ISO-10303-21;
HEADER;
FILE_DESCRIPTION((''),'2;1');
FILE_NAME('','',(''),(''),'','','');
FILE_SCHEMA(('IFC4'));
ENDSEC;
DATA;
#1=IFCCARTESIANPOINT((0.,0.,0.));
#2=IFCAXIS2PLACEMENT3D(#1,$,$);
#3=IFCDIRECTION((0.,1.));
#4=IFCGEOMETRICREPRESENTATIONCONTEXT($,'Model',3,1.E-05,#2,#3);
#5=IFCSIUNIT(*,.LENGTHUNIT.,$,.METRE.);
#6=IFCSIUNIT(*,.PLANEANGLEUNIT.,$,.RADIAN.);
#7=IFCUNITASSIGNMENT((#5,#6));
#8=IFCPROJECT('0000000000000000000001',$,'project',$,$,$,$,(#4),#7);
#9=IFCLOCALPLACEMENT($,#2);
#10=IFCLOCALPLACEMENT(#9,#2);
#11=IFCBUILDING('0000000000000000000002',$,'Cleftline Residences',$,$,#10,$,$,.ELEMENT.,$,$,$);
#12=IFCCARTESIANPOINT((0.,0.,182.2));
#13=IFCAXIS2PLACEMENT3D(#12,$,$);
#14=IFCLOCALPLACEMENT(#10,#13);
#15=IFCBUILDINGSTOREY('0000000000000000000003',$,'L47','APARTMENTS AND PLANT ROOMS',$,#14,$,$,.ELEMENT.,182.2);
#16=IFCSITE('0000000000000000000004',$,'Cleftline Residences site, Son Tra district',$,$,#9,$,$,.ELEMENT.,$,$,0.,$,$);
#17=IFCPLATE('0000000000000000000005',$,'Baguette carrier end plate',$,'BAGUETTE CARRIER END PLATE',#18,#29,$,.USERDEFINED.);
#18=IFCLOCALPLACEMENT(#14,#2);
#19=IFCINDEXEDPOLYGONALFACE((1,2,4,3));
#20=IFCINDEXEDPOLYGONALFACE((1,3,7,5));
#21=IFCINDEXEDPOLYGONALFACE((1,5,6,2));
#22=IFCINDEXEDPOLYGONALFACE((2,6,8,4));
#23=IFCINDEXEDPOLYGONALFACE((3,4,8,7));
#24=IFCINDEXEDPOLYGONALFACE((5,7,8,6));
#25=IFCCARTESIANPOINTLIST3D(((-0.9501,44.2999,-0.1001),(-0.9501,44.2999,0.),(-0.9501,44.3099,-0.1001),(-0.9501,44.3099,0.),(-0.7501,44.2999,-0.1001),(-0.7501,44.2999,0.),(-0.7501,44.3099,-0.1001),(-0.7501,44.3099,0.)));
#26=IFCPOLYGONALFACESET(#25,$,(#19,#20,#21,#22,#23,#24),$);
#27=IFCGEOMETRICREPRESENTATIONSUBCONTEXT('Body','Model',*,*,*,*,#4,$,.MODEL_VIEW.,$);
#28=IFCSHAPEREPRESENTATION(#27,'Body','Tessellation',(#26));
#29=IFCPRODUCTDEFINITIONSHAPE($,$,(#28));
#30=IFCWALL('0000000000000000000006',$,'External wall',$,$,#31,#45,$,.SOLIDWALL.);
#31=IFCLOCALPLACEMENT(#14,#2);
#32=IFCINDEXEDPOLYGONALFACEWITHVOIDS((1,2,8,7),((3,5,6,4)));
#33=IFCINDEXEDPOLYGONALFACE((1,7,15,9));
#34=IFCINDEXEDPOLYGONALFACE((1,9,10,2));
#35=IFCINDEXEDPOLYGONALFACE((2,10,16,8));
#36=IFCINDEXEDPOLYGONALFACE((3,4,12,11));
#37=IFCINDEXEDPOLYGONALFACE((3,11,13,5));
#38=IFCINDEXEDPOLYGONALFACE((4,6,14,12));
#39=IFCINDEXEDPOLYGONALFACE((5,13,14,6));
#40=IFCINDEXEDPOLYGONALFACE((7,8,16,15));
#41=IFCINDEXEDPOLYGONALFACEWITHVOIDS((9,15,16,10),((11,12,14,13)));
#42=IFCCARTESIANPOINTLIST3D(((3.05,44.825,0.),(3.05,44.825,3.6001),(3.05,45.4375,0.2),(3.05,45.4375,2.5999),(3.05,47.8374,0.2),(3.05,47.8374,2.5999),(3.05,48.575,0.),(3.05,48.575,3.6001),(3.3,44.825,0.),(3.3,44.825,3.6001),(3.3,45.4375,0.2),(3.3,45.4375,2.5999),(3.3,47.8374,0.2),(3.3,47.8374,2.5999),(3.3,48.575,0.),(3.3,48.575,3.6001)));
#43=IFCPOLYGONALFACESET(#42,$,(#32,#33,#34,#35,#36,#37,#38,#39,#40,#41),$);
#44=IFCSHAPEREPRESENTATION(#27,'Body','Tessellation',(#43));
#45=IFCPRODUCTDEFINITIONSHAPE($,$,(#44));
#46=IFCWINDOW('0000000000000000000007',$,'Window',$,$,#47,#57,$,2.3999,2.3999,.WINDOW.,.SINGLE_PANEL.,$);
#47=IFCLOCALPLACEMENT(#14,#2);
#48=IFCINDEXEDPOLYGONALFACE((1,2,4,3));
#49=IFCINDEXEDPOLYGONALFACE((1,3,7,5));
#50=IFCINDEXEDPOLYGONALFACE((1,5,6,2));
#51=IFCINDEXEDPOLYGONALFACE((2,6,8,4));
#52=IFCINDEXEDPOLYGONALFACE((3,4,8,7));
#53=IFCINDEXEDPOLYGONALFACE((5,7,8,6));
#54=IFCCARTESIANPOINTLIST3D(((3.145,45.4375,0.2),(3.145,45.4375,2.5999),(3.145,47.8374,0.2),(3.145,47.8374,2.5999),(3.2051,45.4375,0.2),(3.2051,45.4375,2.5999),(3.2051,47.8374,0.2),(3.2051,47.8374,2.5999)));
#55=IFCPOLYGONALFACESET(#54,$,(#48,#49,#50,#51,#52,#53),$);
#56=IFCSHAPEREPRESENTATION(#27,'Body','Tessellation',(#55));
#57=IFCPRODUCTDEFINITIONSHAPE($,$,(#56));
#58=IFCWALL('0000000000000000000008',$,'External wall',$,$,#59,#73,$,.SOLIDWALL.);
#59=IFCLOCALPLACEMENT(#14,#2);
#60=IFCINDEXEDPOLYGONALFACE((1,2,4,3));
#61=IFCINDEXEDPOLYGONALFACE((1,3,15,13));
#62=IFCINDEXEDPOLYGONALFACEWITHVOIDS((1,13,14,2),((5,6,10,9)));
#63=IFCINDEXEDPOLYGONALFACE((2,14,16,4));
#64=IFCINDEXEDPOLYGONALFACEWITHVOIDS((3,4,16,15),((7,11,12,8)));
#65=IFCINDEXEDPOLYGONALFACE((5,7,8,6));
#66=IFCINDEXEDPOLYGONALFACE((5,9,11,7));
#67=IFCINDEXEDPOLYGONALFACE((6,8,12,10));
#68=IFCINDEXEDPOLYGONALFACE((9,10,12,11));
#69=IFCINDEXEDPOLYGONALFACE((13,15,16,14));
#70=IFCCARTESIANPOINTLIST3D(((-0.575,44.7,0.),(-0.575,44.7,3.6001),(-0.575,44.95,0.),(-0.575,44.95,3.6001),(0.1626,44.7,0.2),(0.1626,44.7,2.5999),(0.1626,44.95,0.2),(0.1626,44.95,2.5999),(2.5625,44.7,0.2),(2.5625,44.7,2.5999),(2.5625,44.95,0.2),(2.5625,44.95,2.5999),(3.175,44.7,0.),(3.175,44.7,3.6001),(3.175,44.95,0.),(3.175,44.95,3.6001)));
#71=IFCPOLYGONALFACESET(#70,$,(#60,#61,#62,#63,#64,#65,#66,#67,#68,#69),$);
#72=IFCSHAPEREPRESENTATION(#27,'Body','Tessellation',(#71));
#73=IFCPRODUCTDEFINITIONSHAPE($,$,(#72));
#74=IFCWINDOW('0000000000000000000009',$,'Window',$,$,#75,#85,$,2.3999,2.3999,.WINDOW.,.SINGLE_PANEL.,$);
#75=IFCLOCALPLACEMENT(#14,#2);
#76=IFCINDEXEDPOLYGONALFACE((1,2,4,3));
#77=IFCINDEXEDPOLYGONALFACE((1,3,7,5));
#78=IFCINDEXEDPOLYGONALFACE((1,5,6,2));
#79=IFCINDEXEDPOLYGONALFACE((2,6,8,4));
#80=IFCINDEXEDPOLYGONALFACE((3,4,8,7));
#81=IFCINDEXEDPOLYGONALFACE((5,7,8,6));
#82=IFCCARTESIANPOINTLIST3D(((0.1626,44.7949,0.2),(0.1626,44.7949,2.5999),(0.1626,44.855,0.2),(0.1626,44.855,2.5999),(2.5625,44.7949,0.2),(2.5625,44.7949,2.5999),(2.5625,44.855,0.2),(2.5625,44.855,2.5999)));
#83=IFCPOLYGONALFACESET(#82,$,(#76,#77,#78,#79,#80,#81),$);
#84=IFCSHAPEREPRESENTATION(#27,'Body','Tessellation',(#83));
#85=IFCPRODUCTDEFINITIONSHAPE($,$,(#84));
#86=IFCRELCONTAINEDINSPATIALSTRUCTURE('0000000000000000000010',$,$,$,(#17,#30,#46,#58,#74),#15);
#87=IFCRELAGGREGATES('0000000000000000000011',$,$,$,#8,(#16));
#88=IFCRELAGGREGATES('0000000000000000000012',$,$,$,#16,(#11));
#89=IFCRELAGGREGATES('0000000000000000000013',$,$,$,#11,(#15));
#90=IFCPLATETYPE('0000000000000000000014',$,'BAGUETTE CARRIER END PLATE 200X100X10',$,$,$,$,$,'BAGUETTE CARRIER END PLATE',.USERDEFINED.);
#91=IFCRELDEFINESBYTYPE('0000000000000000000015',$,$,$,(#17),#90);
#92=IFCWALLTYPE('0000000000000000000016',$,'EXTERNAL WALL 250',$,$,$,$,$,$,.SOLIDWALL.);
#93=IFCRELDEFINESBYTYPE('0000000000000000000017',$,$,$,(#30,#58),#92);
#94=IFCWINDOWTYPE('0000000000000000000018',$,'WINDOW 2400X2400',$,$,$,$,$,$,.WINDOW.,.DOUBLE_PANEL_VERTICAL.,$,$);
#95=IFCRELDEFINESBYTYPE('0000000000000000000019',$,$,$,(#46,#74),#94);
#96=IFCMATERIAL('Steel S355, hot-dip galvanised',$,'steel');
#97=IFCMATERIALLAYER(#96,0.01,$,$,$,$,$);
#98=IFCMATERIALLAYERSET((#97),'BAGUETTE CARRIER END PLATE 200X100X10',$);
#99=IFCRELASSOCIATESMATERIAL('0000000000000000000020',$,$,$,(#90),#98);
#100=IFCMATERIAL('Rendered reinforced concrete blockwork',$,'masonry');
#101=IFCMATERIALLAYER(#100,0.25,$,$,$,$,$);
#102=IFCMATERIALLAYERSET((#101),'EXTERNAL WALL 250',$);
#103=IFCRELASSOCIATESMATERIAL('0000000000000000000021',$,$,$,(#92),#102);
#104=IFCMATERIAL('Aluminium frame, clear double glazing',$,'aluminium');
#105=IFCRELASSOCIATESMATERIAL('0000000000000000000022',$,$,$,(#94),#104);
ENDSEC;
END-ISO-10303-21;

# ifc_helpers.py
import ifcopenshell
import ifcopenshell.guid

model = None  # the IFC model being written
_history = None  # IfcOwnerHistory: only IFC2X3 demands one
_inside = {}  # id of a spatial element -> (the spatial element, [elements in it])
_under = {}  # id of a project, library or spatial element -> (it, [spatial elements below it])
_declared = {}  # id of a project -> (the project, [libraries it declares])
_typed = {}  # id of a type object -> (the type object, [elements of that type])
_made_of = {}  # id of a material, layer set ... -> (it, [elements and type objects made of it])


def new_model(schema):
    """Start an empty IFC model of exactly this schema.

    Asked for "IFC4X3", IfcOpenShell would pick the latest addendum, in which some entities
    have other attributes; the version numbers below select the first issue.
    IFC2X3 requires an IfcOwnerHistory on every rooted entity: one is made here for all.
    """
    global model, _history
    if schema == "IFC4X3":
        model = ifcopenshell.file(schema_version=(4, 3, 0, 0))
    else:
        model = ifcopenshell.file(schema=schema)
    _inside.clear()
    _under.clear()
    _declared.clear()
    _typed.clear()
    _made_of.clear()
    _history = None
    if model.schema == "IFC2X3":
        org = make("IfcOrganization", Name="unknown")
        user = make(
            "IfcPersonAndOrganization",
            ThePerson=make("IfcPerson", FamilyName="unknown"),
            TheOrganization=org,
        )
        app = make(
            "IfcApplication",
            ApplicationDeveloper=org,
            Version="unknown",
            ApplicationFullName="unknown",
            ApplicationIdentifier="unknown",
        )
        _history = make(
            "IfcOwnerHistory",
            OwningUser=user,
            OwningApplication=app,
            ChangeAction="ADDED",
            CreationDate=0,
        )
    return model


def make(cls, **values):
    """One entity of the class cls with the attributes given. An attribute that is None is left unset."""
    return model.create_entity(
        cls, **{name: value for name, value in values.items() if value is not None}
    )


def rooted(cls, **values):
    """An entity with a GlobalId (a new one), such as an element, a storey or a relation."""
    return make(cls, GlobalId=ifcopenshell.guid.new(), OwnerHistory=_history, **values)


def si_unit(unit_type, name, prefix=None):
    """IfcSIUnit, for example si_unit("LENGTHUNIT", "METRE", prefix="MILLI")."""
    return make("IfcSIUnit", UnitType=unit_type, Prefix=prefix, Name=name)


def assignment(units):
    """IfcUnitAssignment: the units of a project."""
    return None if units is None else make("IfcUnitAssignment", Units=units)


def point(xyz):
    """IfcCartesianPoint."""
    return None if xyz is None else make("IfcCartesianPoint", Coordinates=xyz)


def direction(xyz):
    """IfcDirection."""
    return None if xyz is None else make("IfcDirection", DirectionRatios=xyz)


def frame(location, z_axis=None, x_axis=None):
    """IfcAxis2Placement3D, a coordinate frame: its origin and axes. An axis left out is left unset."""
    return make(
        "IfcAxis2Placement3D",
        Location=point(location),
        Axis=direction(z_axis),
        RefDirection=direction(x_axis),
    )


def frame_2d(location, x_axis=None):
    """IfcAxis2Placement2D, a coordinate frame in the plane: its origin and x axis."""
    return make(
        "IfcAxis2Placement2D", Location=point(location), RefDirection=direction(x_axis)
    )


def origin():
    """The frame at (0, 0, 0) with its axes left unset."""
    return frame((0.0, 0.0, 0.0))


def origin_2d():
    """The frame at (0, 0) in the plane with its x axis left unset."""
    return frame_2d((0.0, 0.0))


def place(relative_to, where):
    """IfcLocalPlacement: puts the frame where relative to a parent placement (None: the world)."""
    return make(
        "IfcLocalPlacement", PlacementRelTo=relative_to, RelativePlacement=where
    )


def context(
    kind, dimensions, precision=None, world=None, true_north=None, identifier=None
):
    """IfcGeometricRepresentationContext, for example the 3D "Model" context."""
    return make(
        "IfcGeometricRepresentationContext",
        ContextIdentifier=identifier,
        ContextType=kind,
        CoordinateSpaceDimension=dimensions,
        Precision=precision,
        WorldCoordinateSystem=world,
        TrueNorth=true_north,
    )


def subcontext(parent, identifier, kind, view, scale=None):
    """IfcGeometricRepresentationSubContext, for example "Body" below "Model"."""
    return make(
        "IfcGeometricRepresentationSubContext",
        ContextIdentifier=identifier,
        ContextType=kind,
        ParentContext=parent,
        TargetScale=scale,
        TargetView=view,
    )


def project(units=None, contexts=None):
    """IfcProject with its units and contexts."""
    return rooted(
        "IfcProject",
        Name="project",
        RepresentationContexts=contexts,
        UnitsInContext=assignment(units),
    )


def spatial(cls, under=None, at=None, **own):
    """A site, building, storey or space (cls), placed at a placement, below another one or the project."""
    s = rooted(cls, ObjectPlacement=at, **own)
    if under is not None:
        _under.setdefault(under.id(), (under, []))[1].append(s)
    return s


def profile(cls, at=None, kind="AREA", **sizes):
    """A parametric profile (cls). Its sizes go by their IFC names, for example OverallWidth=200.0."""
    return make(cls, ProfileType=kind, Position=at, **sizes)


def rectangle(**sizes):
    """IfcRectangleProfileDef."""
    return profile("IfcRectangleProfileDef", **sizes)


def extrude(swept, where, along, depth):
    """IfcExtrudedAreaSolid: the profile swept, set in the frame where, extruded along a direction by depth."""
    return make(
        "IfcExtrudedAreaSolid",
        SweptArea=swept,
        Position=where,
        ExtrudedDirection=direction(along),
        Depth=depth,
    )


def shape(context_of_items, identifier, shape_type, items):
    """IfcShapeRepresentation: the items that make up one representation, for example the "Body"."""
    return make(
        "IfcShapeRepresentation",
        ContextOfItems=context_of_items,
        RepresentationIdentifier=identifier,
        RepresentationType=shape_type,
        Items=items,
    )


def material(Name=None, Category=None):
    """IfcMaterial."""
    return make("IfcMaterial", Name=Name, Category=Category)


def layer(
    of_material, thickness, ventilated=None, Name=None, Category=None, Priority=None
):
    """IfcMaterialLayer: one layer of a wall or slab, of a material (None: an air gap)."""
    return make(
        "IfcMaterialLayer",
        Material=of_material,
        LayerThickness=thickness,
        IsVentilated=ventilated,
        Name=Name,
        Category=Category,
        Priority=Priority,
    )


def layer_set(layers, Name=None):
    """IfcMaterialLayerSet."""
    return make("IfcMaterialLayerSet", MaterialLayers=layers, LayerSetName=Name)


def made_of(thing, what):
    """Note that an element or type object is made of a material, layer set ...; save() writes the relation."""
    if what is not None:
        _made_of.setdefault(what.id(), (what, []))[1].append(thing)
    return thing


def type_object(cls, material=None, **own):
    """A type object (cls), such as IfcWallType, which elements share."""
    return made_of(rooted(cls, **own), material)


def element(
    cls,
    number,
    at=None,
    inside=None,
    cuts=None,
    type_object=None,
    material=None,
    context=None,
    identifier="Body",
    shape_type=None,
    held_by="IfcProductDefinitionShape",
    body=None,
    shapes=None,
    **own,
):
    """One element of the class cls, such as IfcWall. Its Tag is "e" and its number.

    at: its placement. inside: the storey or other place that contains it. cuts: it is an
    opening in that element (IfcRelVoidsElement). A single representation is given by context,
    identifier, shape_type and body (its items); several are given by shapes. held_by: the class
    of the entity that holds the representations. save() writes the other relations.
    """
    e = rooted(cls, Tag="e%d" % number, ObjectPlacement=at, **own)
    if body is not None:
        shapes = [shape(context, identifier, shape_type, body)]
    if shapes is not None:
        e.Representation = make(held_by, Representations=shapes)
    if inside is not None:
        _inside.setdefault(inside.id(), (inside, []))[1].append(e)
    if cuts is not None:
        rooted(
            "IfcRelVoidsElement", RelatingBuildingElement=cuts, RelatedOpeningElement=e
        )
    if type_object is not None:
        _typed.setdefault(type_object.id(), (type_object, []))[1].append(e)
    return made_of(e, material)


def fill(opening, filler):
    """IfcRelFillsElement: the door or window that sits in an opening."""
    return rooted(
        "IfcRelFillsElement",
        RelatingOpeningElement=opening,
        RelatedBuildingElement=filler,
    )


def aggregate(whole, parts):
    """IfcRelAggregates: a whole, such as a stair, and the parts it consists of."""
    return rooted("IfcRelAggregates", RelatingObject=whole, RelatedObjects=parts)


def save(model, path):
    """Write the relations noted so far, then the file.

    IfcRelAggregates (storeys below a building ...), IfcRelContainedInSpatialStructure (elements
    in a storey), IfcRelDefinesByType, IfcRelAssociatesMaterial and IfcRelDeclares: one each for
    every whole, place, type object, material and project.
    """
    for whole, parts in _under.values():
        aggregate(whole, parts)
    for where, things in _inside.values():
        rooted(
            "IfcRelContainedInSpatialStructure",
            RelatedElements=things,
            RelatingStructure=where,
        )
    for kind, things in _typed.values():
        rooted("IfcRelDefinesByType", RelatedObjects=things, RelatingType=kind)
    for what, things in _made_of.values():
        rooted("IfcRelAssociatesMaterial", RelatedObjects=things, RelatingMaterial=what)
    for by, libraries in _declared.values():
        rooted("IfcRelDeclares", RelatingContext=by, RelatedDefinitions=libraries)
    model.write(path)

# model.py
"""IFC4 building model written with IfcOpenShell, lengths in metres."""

from ifc_helpers import new_model, si_unit, direction, frame, frame_2d, origin, origin_2d, place, context, subcontext, project, spatial, rectangle, extrude, material, layer, layer_set, type_object, element, fill, save


model = new_model("IFC4")

# Units and contexts
model_context = context("Model", 3, precision=1e-05, world=origin(), true_north=direction((0.0, 1.0)))
body_context = subcontext(model_context, "Body", "Model", "MODEL_VIEW")
ifc_project = project(units=[si_unit("LENGTHUNIT", "METRE"), si_unit("PLANEANGLEUNIT", "RADIAN")], contexts=[model_context])

# Site, building, storey
site_placement = place(None, origin())
site = spatial("IfcSite", under=ifc_project, at=site_placement, Name="Cleftline Residences site, Son Tra district", CompositionType="ELEMENT", RefElevation=0.0)
building_placement = place(site_placement, origin())
building = spatial("IfcBuilding", under=site, at=building_placement, Name="Cleftline Residences", CompositionType="ELEMENT")
storey_placement = place(building_placement, frame((0.0, 0.0, 182.2)))
storey = spatial("IfcBuildingStorey", under=building, at=storey_placement, Name="L47", Description="APARTMENTS AND PLANT ROOMS", CompositionType="ELEMENT", Elevation=182.2)

# Plate
ifc_material_1 = material(Name="Steel S355, hot-dip galvanised", Category="steel")
ifc_layer_1 = layer(ifc_material_1, 0.01)
ifc_layer_set_1 = layer_set([ifc_layer_1], Name="BAGUETTE CARRIER END PLATE 200X100X10")
plate_type = type_object("IfcPlateType", Name="BAGUETTE CARRIER END PLATE 200X100X10", ElementType="BAGUETTE CARRIER END PLATE", PredefinedType="USERDEFINED", material=ifc_layer_set_1)
plate_placement = place(storey_placement, frame((-0.8501, 44.3049, -0.1001), z_axis=(0.0, 0.0, 1.0), x_axis=(-1.0, 0.0, 0.0)))
element("IfcPlate", 1, at=plate_placement, inside=storey, type_object=plate_type, Name="Baguette carrier end plate", ObjectType="BAGUETTE CARRIER END PLATE", PredefinedType="USERDEFINED", context=body_context, shape_type="SweptSolid", body=[
    extrude(rectangle(XDim=0.2, YDim=0.01, at=origin_2d()), origin(), (0.0, 0.0, 1.0), 0.1001),
])

# Walls, openings, windows
ifc_material_2 = material(Name="Rendered reinforced concrete blockwork", Category="masonry")
ifc_layer_2 = layer(ifc_material_2, 0.25)
ifc_layer_set_2 = layer_set([ifc_layer_2], Name="EXTERNAL WALL 250")
wall_type_1 = type_object("IfcWallType", Name="EXTERNAL WALL 250", PredefinedType="SOLIDWALL", material=ifc_layer_set_2)
wall_1_placement = place(storey_placement, frame((3.175, 48.575, 0.0), z_axis=(0.0, 0.0, 1.0), x_axis=(0.0, -1.0, 0.0)))
wall_1 = element("IfcWall", 2, at=wall_1_placement, inside=storey, type_object=wall_type_1, Name="External wall", PredefinedType="SOLIDWALL", context=body_context, shape_type="SweptSolid", body=[
    extrude(rectangle(XDim=3.75, YDim=0.25, at=frame_2d((1.875, 0.0))), origin(), (0.0, 0.0, 1.0), 3.6001),
])
opening_1_placement = place(wall_1_placement, frame((0.7375, 0.0, 0.2)))
opening_1 = element("IfcOpeningElement", 3, at=opening_1_placement, cuts=wall_1, PredefinedType="OPENING", context=body_context, shape_type="SweptSolid", body=[
    extrude(rectangle(XDim=2.3999, YDim=2.3999, at=frame_2d((1.2, 1.2))), frame((0.0, 0.135, 0.0), z_axis=(0.0, -1.0, 0.0), x_axis=(1.0, 0.0, 0.0)), (0.0, 0.0, 1.0), 0.27),
])
ifc_material_3 = material(Name="Aluminium frame, clear double glazing", Category="aluminium")
window_type_1 = type_object("IfcWindowType", Name="WINDOW 2400X2400", PartitioningType="DOUBLE_PANEL_VERTICAL", PredefinedType="WINDOW", material=ifc_material_3)
window_1_placement = place(opening_1_placement, origin())
window_1 = element("IfcWindow", 4, at=window_1_placement, inside=storey, type_object=window_type_1, Name="Window", OverallHeight=2.3999, OverallWidth=2.3999, PartitioningType="SINGLE_PANEL", PredefinedType="WINDOW", context=body_context, shape_type="SweptSolid", body=[
    extrude(rectangle(XDim=2.3999, YDim=2.3999, at=frame_2d((1.2, 1.2))), frame((0.0, 0.03, 0.0), z_axis=(0.0, -1.0, 0.0), x_axis=(1.0, 0.0, 0.0)), (0.0, 0.0, 1.0), 0.0601),
])
fill(opening_1, window_1)
wall_2_placement = place(storey_placement, frame((3.175, 44.825, 0.0), z_axis=(0.0, 0.0, 1.0), x_axis=(-1.0, 0.0, 0.0)))
wall_2 = element("IfcWall", 5, at=wall_2_placement, inside=storey, type_object=wall_type_1, Name="External wall", PredefinedType="SOLIDWALL", context=body_context, shape_type="SweptSolid", body=[
    extrude(rectangle(XDim=3.75, YDim=0.25, at=frame_2d((1.875, 0.0))), origin(), (0.0, 0.0, 1.0), 3.6001),
])
opening_2_placement = place(wall_2_placement, frame((0.6125, 0.0, 0.2)))
opening_2 = element("IfcOpeningElement", 6, at=opening_2_placement, cuts=wall_2, PredefinedType="OPENING", context=body_context, shape_type="SweptSolid", body=[
    extrude(rectangle(XDim=2.3999, YDim=2.3999, at=frame_2d((1.2, 1.2))), frame((0.0, 0.135, 0.0), z_axis=(0.0, -1.0, 0.0), x_axis=(1.0, 0.0, 0.0)), (0.0, 0.0, 1.0), 0.27),
])
window_2_placement = place(opening_2_placement, origin())
window_2 = element("IfcWindow", 7, at=window_2_placement, inside=storey, type_object=window_type_1, Name="Window", OverallHeight=2.3999, OverallWidth=2.3999, PartitioningType="SINGLE_PANEL", PredefinedType="WINDOW", context=body_context, shape_type="SweptSolid", body=[
    extrude(rectangle(XDim=2.3999, YDim=2.3999, at=frame_2d((1.2, 1.2))), frame((0.0, 0.03, 0.0), z_axis=(0.0, -1.0, 0.0), x_axis=(1.0, 0.0, 0.0)), (0.0, 0.0, 1.0), 0.0601),
])
fill(opening_2, window_2)

save(model, "model.ifc")
